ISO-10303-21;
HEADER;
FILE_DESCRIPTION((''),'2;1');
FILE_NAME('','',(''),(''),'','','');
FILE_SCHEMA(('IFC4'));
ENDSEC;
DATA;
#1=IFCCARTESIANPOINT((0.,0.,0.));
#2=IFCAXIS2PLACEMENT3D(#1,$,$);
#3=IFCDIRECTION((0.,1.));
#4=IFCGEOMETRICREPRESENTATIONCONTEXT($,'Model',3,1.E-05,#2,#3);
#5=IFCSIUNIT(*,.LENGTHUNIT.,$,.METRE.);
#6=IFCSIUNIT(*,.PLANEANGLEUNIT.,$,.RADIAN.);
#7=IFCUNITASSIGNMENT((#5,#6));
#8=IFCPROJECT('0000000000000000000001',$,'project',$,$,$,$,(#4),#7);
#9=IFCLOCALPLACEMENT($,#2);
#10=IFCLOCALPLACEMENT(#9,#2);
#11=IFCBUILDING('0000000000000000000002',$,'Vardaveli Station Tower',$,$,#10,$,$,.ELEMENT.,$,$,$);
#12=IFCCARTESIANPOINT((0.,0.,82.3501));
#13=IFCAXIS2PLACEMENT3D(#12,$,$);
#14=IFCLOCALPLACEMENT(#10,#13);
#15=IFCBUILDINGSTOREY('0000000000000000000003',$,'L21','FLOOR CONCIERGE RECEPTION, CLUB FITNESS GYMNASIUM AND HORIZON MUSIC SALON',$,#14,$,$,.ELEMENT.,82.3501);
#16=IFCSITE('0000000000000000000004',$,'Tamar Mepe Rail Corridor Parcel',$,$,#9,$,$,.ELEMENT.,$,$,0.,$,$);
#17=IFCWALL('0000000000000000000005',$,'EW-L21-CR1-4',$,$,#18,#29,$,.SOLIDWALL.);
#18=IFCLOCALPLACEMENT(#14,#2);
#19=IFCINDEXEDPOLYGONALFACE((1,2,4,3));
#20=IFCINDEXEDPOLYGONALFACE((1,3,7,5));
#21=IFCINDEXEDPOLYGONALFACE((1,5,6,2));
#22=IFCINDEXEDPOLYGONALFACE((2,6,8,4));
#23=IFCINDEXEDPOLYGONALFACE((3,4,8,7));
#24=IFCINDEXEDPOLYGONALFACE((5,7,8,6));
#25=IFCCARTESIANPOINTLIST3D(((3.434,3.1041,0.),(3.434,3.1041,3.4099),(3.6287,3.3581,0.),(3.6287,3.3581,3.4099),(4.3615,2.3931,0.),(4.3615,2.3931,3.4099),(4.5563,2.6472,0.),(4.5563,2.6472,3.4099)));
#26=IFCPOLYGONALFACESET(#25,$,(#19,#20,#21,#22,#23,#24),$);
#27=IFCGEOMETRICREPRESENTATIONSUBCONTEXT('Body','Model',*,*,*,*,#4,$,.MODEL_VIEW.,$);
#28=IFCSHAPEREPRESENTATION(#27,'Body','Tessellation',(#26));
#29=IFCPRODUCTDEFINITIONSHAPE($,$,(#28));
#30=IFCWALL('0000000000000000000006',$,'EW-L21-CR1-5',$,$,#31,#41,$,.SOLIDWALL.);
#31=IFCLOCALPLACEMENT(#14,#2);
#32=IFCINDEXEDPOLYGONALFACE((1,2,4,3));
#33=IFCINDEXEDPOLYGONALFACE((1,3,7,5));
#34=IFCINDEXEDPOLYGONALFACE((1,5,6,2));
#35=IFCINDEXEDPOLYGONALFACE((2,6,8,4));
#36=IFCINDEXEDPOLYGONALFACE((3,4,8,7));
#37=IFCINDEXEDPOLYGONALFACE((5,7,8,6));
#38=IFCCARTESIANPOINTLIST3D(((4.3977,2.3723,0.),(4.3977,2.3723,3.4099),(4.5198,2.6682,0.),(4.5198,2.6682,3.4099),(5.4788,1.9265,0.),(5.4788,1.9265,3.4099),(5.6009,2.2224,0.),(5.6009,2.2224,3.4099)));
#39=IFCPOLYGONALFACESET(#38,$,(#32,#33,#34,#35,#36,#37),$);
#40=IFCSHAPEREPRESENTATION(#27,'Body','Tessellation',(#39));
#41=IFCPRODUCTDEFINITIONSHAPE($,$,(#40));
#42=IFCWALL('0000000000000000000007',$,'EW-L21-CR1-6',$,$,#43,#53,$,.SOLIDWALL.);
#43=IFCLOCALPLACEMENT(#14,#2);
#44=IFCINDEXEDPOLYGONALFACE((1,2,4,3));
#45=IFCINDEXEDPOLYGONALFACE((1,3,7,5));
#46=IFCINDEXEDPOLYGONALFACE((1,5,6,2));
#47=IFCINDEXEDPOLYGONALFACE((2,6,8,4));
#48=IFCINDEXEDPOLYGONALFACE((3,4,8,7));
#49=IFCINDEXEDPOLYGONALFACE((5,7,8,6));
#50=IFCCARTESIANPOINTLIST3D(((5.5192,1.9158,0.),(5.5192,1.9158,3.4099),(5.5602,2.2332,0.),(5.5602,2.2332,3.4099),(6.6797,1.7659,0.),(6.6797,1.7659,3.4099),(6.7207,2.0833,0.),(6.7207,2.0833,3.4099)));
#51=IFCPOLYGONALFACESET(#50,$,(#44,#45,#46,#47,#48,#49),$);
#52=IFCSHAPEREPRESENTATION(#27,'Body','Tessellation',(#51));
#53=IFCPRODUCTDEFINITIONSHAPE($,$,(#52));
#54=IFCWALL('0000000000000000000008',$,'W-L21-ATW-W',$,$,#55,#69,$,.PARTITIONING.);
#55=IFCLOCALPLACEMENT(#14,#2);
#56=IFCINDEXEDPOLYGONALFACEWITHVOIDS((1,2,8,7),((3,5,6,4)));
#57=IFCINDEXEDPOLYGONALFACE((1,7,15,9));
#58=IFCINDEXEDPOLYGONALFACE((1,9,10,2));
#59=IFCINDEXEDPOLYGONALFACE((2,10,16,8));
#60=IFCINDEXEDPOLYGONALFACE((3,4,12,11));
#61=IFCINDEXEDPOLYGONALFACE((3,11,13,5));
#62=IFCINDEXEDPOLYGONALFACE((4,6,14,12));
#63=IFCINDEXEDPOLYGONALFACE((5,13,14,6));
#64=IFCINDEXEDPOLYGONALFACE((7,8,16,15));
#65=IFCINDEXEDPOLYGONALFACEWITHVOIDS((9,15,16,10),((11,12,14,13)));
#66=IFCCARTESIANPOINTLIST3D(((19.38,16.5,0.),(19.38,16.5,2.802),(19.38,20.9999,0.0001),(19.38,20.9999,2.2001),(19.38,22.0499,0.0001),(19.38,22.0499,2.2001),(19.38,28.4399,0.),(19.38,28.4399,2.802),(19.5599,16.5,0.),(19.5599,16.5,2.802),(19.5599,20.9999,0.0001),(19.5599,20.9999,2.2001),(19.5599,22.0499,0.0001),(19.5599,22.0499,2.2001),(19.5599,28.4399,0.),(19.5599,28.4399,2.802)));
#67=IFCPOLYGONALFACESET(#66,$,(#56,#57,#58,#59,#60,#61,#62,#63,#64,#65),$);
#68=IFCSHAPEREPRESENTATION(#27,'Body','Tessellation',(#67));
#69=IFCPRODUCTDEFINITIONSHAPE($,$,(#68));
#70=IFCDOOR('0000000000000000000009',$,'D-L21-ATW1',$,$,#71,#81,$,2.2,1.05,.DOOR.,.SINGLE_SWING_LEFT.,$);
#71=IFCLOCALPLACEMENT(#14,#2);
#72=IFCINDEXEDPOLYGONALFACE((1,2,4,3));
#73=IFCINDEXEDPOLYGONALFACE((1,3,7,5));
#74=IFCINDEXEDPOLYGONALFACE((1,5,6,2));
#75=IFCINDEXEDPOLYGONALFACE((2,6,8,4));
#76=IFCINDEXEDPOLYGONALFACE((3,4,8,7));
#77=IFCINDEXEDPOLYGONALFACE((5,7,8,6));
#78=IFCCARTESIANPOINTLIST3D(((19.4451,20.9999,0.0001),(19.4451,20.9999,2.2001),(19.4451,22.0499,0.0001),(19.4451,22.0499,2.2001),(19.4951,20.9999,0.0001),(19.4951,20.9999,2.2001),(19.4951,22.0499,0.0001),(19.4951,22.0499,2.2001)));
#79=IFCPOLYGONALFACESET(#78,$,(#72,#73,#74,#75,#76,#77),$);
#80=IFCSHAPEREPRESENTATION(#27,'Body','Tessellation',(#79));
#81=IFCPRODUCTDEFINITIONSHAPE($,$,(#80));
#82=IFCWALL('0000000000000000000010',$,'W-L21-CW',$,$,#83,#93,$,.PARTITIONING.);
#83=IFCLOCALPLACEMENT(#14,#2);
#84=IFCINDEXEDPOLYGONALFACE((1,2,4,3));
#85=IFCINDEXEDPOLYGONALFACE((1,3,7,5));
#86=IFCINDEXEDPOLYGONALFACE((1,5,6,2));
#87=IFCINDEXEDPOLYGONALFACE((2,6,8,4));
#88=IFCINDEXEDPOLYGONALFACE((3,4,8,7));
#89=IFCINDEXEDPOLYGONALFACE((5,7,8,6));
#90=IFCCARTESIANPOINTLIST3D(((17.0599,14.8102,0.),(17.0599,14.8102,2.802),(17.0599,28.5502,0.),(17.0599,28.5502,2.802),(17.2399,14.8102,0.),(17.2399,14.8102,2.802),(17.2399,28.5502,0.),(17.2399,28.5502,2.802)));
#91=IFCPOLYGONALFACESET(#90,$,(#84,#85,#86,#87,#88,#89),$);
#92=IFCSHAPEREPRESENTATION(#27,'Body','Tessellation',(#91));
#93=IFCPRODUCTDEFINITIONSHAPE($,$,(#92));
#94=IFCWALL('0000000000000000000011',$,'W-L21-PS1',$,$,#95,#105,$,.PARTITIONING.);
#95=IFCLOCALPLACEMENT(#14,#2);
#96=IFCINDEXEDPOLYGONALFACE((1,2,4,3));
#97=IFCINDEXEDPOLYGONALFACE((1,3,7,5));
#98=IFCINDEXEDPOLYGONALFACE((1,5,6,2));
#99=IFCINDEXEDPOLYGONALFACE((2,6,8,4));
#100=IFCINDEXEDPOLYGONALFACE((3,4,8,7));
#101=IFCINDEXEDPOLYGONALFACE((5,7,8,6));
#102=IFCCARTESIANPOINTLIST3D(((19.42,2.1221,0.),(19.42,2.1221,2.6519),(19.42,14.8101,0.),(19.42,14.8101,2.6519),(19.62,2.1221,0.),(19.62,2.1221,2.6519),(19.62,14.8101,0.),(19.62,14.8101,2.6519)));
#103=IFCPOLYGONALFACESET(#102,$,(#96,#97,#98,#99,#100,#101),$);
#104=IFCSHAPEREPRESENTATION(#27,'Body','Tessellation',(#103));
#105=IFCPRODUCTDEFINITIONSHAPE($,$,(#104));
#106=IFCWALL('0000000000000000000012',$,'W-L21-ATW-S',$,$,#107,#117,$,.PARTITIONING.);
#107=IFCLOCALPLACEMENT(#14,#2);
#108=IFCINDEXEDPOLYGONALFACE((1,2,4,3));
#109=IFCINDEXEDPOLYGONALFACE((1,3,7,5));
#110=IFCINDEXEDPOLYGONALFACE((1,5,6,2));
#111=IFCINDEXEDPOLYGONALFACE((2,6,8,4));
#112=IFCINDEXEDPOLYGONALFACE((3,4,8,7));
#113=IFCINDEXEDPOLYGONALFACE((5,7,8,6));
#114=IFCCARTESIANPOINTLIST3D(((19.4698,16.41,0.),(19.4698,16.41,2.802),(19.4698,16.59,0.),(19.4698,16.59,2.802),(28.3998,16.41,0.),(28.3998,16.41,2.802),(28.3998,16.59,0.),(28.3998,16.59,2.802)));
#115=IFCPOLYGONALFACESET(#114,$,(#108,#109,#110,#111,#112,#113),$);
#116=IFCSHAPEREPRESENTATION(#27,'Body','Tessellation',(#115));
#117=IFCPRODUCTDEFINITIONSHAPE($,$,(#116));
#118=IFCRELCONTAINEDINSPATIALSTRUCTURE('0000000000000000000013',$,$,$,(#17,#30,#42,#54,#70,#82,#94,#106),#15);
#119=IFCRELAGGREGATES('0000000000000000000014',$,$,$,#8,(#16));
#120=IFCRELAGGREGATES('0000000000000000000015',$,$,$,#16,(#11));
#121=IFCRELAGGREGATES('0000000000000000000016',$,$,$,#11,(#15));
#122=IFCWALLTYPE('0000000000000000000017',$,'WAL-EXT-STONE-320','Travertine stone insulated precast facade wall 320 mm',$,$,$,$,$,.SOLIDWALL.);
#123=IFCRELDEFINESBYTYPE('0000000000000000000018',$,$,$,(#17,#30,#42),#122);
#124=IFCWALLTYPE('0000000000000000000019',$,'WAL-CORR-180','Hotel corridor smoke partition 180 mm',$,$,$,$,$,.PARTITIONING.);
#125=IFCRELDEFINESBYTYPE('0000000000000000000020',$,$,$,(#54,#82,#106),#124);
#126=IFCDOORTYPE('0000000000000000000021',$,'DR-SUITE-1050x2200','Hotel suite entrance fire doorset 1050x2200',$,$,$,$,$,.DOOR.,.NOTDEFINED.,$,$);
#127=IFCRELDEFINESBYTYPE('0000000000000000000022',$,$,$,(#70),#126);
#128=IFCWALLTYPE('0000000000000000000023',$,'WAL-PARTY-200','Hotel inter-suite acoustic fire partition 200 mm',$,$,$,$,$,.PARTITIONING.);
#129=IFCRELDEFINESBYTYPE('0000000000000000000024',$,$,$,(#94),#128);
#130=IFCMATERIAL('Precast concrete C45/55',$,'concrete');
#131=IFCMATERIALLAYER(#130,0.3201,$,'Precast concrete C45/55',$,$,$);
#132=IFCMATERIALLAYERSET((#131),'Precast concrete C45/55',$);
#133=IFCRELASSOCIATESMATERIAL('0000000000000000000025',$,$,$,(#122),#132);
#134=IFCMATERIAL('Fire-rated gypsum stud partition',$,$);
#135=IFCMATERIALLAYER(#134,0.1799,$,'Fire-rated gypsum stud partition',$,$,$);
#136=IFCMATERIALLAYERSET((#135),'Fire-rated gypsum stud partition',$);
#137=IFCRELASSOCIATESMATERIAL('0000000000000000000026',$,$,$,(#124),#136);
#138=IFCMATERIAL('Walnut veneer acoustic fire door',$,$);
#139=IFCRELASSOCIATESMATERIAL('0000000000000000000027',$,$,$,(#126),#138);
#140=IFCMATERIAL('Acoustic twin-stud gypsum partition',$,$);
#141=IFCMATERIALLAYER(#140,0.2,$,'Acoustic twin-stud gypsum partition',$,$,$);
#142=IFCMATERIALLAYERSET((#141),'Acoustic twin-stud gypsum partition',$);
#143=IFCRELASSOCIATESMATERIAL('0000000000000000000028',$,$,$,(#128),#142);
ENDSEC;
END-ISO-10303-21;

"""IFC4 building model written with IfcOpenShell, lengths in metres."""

from ifc_helpers import new_model, si_unit, direction, frame, frame_2d, origin, place, context, subcontext, project, spatial, rectangle, extrude, source, transform, mapped, material, layer, layer_set, type_object, element, fill, save


model = new_model("IFC4")

# Units and contexts
model_context = context("Model", 3, precision=1e-05, world=origin(), true_north=direction((0.0, 1.0)))
body_context = subcontext(model_context, "Body", "Model", "MODEL_VIEW")
ifc_project = project(units=[si_unit("LENGTHUNIT", "METRE"), si_unit("PLANEANGLEUNIT", "RADIAN")], contexts=[model_context])

# Site, building, storey
site_placement = place(None, origin())
site = spatial("IfcSite", under=ifc_project, at=site_placement, Name="Tamar Mepe Rail Corridor Parcel", CompositionType="ELEMENT", RefElevation=0.0)
building_placement = place(site_placement, origin())
building = spatial("IfcBuilding", under=site, at=building_placement, Name="Vardaveli Station Tower", CompositionType="ELEMENT")
storey_placement = place(building_placement, frame((0.0, 0.0, 82.3501)))
storey = spatial("IfcBuildingStorey", under=building, at=storey_placement, Name="L21", Description="FLOOR CONCIERGE RECEPTION, CLUB FITNESS GYMNASIUM AND HORIZON MUSIC SALON", CompositionType="ELEMENT", Elevation=82.3501)

# Shared definitions
ifc_material_1 = material(Name="Precast concrete C45/55", Category="concrete")

# Shared definitions
ifc_layer_1 = layer(ifc_material_1, 0.3201, Name="Precast concrete C45/55")
ifc_layer_set_1 = layer_set([ifc_layer_1], Name="Precast concrete C45/55")
wall_type_1 = type_object("IfcWallType", Name="WAL-EXT-STONE-320", Description="Travertine stone insulated precast facade wall 320 mm", PredefinedType="SOLIDWALL", material=ifc_layer_set_1)

# Walls
shared_shape_1 = source(origin(), body_context, "Body", "SweptSolid", [
    extrude(rectangle(XDim=1.1687, YDim=0.3201, at=frame_2d((0.5845, 0.0))), origin(), (0.0, 0.0, 1.0), 3.4099),
])
wall_1_placement = place(storey_placement, frame((3.5312, 3.2312, 0.0), z_axis=(0.0, 0.0, 1.0), x_axis=(0.793664, -0.608357, 0.0)))
element("IfcWall", 1, at=wall_1_placement, inside=storey, type_object=wall_type_1, Name="EW-L21-CR1-4", PredefinedType="SOLIDWALL", context=body_context, shape_type="MappedRepresentation", body=[
    mapped(shared_shape_1, transform((0.0, 0.0, 0.0), scale=1.0)),
])
shared_shape_2 = source(origin(), body_context, "Body", "SweptSolid", [
    extrude(rectangle(XDim=1.1694, YDim=0.3201, at=frame_2d((0.5847, 0.0))), origin(), (0.0, 0.0, 1.0), 3.4099),
])
wall_2_placement = place(storey_placement, frame((4.4587, 2.5203, 0.0), z_axis=(0.0, 0.0, 1.0), x_axis=(0.924479, -0.381233, 0.0)))
element("IfcWall", 2, at=wall_2_placement, inside=storey, type_object=wall_type_1, Name="EW-L21-CR1-5", PredefinedType="SOLIDWALL", context=body_context, shape_type="MappedRepresentation", body=[
    mapped(shared_shape_2, transform((0.0, 0.0, 0.0), scale=1.0)),
])
shared_shape_3 = source(origin(), body_context, "Body", "SweptSolid", [
    extrude(rectangle(XDim=1.1702, YDim=0.3201, at=frame_2d((0.585, 0.0))), origin(), (0.0, 0.0, 1.0), 3.4099),
])
wall_3_placement = place(storey_placement, frame((5.5398, 2.0745, 0.0), z_axis=(0.0, 0.0, 1.0), x_axis=(0.991762, -0.12809, 0.0)))
element("IfcWall", 3, at=wall_3_placement, inside=storey, type_object=wall_type_1, Name="EW-L21-CR1-6", PredefinedType="SOLIDWALL", context=body_context, shape_type="MappedRepresentation", body=[
    mapped(shared_shape_3, transform((0.0, 0.0, 0.0), scale=1.0)),
])

# Wall, opening, door
ifc_material_2 = material(Name="Fire-rated gypsum stud partition")
ifc_layer_2 = layer(ifc_material_2, 0.1799, Name="Fire-rated gypsum stud partition")
ifc_layer_set_2 = layer_set([ifc_layer_2], Name="Fire-rated gypsum stud partition")
wall_type_2 = type_object("IfcWallType", Name="WAL-CORR-180", Description="Hotel corridor smoke partition 180 mm", PredefinedType="PARTITIONING", material=ifc_layer_set_2)
shared_shape_4 = source(origin(), body_context, "Body", "SweptSolid", [
    extrude(rectangle(XDim=11.9399, YDim=0.1799, at=frame_2d((5.97, 0.0))), origin(), (0.0, 0.0, 1.0), 2.802),
])
wall_4_placement = place(storey_placement, frame((19.47, 16.5, 0.0), z_axis=(0.0, 0.0, 1.0), x_axis=(0.0, 1.0, 0.0)))
wall_4 = element("IfcWall", 4, at=wall_4_placement, inside=storey, type_object=wall_type_2, Name="W-L21-ATW-W", PredefinedType="PARTITIONING", context=body_context, shape_type="MappedRepresentation", body=[
    mapped(shared_shape_4, transform((0.0, 0.0, 0.0), scale=1.0)),
])
shared_shape_5 = source(origin(), body_context, "Body", "SweptSolid", [
    extrude(rectangle(XDim=1.05, YDim=2.2, at=frame_2d((0.5249, 1.1001))), frame((0.0, 0.1001, 0.0), z_axis=(0.0, -1.0, 0.0), x_axis=(1.0, 0.0, 0.0)), (0.0, 0.0, 1.0), 0.2),
])
opening_1_placement = place(wall_4_placement, frame((4.5, 0.0, 0.0)))
opening_1 = element("IfcOpeningElement", 5, at=opening_1_placement, cuts=wall_4, PredefinedType="OPENING", context=body_context, shape_type="MappedRepresentation", body=[
    mapped(shared_shape_5, transform((0.0, 0.0, 0.0), scale=1.0)),
])
ifc_material_3 = material(Name="Walnut veneer acoustic fire door")
door_type = type_object("IfcDoorType", Name="DR-SUITE-1050x2200", Description="Hotel suite entrance fire doorset 1050x2200", OperationType="NOTDEFINED", PredefinedType="DOOR", material=ifc_material_3)
shared_shape_6 = source(origin(), body_context, "Body", "SweptSolid", [
    extrude(rectangle(XDim=1.05, YDim=2.2, at=frame_2d((0.5249, 1.1001))), frame((0.0, 0.0249, 0.0), z_axis=(0.0, -1.0, 0.0), x_axis=(1.0, 0.0, 0.0)), (0.0, 0.0, 1.0), 0.05),
])
door_placement = place(opening_1_placement, origin())
door = element("IfcDoor", 6, at=door_placement, inside=storey, type_object=door_type, Name="D-L21-ATW1", OperationType="SINGLE_SWING_LEFT", OverallHeight=2.2, OverallWidth=1.05, PredefinedType="DOOR", context=body_context, shape_type="MappedRepresentation", body=[
    mapped(shared_shape_6, transform((0.0, 0.0, 0.0), scale=1.0)),
])
fill(opening_1, door)

# Walls
shared_shape_7 = source(origin(), body_context, "Body", "SweptSolid", [
    extrude(rectangle(XDim=13.74, YDim=0.1799, at=frame_2d((6.8701, 0.0))), origin(), (0.0, 0.0, 1.0), 2.802),
])
wall_5_placement = place(storey_placement, frame((17.1499, 14.8101, 0.0), z_axis=(0.0, 0.0, 1.0), x_axis=(0.0, 1.0, 0.0)))
element("IfcWall", 7, at=wall_5_placement, inside=storey, type_object=wall_type_2, Name="W-L21-CW", PredefinedType="PARTITIONING", context=body_context, shape_type="MappedRepresentation", body=[
    mapped(shared_shape_7, transform((0.0, 0.0, 0.0), scale=1.0)),
])
ifc_material_4 = material(Name="Acoustic twin-stud gypsum partition")
ifc_layer_3 = layer(ifc_material_4, 0.2, Name="Acoustic twin-stud gypsum partition")
ifc_layer_set_3 = layer_set([ifc_layer_3], Name="Acoustic twin-stud gypsum partition")
wall_type_3 = type_object("IfcWallType", Name="WAL-PARTY-200", Description="Hotel inter-suite acoustic fire partition 200 mm", PredefinedType="PARTITIONING", material=ifc_layer_set_3)
shared_shape_8 = source(origin(), body_context, "Body", "SweptSolid", [
    extrude(rectangle(XDim=12.688, YDim=0.2, at=frame_2d((6.344, 0.0))), origin(), (0.0, 0.0, 1.0), 2.6519),
])
wall_6_placement = place(storey_placement, frame((19.52, 2.1221, 0.0), z_axis=(0.0, 0.0, 1.0), x_axis=(0.0, 1.0, 0.0)))
element("IfcWall", 8, at=wall_6_placement, inside=storey, type_object=wall_type_3, Name="W-L21-PS1", PredefinedType="PARTITIONING", context=body_context, shape_type="MappedRepresentation", body=[
    mapped(shared_shape_8, transform((0.0, 0.0, 0.0), scale=1.0)),
])
shared_shape_9 = source(origin(), body_context, "Body", "SweptSolid", [
    extrude(rectangle(XDim=8.9299, YDim=0.1799, at=frame_2d((4.4648, 0.0))), origin(), (0.0, 0.0, 1.0), 2.802),
])
wall_7_placement = place(storey_placement, frame((19.47, 16.5, 0.0), z_axis=(0.0, 0.0, 1.0), x_axis=(1.0, 0.0, 0.0)))
element("IfcWall", 9, at=wall_7_placement, inside=storey, type_object=wall_type_2, Name="W-L21-ATW-S", PredefinedType="PARTITIONING", context=body_context, shape_type="MappedRepresentation", body=[
    mapped(shared_shape_9, transform((0.0, 0.0, 0.0), scale=1.0)),
])

save(model, "model.ifc")
